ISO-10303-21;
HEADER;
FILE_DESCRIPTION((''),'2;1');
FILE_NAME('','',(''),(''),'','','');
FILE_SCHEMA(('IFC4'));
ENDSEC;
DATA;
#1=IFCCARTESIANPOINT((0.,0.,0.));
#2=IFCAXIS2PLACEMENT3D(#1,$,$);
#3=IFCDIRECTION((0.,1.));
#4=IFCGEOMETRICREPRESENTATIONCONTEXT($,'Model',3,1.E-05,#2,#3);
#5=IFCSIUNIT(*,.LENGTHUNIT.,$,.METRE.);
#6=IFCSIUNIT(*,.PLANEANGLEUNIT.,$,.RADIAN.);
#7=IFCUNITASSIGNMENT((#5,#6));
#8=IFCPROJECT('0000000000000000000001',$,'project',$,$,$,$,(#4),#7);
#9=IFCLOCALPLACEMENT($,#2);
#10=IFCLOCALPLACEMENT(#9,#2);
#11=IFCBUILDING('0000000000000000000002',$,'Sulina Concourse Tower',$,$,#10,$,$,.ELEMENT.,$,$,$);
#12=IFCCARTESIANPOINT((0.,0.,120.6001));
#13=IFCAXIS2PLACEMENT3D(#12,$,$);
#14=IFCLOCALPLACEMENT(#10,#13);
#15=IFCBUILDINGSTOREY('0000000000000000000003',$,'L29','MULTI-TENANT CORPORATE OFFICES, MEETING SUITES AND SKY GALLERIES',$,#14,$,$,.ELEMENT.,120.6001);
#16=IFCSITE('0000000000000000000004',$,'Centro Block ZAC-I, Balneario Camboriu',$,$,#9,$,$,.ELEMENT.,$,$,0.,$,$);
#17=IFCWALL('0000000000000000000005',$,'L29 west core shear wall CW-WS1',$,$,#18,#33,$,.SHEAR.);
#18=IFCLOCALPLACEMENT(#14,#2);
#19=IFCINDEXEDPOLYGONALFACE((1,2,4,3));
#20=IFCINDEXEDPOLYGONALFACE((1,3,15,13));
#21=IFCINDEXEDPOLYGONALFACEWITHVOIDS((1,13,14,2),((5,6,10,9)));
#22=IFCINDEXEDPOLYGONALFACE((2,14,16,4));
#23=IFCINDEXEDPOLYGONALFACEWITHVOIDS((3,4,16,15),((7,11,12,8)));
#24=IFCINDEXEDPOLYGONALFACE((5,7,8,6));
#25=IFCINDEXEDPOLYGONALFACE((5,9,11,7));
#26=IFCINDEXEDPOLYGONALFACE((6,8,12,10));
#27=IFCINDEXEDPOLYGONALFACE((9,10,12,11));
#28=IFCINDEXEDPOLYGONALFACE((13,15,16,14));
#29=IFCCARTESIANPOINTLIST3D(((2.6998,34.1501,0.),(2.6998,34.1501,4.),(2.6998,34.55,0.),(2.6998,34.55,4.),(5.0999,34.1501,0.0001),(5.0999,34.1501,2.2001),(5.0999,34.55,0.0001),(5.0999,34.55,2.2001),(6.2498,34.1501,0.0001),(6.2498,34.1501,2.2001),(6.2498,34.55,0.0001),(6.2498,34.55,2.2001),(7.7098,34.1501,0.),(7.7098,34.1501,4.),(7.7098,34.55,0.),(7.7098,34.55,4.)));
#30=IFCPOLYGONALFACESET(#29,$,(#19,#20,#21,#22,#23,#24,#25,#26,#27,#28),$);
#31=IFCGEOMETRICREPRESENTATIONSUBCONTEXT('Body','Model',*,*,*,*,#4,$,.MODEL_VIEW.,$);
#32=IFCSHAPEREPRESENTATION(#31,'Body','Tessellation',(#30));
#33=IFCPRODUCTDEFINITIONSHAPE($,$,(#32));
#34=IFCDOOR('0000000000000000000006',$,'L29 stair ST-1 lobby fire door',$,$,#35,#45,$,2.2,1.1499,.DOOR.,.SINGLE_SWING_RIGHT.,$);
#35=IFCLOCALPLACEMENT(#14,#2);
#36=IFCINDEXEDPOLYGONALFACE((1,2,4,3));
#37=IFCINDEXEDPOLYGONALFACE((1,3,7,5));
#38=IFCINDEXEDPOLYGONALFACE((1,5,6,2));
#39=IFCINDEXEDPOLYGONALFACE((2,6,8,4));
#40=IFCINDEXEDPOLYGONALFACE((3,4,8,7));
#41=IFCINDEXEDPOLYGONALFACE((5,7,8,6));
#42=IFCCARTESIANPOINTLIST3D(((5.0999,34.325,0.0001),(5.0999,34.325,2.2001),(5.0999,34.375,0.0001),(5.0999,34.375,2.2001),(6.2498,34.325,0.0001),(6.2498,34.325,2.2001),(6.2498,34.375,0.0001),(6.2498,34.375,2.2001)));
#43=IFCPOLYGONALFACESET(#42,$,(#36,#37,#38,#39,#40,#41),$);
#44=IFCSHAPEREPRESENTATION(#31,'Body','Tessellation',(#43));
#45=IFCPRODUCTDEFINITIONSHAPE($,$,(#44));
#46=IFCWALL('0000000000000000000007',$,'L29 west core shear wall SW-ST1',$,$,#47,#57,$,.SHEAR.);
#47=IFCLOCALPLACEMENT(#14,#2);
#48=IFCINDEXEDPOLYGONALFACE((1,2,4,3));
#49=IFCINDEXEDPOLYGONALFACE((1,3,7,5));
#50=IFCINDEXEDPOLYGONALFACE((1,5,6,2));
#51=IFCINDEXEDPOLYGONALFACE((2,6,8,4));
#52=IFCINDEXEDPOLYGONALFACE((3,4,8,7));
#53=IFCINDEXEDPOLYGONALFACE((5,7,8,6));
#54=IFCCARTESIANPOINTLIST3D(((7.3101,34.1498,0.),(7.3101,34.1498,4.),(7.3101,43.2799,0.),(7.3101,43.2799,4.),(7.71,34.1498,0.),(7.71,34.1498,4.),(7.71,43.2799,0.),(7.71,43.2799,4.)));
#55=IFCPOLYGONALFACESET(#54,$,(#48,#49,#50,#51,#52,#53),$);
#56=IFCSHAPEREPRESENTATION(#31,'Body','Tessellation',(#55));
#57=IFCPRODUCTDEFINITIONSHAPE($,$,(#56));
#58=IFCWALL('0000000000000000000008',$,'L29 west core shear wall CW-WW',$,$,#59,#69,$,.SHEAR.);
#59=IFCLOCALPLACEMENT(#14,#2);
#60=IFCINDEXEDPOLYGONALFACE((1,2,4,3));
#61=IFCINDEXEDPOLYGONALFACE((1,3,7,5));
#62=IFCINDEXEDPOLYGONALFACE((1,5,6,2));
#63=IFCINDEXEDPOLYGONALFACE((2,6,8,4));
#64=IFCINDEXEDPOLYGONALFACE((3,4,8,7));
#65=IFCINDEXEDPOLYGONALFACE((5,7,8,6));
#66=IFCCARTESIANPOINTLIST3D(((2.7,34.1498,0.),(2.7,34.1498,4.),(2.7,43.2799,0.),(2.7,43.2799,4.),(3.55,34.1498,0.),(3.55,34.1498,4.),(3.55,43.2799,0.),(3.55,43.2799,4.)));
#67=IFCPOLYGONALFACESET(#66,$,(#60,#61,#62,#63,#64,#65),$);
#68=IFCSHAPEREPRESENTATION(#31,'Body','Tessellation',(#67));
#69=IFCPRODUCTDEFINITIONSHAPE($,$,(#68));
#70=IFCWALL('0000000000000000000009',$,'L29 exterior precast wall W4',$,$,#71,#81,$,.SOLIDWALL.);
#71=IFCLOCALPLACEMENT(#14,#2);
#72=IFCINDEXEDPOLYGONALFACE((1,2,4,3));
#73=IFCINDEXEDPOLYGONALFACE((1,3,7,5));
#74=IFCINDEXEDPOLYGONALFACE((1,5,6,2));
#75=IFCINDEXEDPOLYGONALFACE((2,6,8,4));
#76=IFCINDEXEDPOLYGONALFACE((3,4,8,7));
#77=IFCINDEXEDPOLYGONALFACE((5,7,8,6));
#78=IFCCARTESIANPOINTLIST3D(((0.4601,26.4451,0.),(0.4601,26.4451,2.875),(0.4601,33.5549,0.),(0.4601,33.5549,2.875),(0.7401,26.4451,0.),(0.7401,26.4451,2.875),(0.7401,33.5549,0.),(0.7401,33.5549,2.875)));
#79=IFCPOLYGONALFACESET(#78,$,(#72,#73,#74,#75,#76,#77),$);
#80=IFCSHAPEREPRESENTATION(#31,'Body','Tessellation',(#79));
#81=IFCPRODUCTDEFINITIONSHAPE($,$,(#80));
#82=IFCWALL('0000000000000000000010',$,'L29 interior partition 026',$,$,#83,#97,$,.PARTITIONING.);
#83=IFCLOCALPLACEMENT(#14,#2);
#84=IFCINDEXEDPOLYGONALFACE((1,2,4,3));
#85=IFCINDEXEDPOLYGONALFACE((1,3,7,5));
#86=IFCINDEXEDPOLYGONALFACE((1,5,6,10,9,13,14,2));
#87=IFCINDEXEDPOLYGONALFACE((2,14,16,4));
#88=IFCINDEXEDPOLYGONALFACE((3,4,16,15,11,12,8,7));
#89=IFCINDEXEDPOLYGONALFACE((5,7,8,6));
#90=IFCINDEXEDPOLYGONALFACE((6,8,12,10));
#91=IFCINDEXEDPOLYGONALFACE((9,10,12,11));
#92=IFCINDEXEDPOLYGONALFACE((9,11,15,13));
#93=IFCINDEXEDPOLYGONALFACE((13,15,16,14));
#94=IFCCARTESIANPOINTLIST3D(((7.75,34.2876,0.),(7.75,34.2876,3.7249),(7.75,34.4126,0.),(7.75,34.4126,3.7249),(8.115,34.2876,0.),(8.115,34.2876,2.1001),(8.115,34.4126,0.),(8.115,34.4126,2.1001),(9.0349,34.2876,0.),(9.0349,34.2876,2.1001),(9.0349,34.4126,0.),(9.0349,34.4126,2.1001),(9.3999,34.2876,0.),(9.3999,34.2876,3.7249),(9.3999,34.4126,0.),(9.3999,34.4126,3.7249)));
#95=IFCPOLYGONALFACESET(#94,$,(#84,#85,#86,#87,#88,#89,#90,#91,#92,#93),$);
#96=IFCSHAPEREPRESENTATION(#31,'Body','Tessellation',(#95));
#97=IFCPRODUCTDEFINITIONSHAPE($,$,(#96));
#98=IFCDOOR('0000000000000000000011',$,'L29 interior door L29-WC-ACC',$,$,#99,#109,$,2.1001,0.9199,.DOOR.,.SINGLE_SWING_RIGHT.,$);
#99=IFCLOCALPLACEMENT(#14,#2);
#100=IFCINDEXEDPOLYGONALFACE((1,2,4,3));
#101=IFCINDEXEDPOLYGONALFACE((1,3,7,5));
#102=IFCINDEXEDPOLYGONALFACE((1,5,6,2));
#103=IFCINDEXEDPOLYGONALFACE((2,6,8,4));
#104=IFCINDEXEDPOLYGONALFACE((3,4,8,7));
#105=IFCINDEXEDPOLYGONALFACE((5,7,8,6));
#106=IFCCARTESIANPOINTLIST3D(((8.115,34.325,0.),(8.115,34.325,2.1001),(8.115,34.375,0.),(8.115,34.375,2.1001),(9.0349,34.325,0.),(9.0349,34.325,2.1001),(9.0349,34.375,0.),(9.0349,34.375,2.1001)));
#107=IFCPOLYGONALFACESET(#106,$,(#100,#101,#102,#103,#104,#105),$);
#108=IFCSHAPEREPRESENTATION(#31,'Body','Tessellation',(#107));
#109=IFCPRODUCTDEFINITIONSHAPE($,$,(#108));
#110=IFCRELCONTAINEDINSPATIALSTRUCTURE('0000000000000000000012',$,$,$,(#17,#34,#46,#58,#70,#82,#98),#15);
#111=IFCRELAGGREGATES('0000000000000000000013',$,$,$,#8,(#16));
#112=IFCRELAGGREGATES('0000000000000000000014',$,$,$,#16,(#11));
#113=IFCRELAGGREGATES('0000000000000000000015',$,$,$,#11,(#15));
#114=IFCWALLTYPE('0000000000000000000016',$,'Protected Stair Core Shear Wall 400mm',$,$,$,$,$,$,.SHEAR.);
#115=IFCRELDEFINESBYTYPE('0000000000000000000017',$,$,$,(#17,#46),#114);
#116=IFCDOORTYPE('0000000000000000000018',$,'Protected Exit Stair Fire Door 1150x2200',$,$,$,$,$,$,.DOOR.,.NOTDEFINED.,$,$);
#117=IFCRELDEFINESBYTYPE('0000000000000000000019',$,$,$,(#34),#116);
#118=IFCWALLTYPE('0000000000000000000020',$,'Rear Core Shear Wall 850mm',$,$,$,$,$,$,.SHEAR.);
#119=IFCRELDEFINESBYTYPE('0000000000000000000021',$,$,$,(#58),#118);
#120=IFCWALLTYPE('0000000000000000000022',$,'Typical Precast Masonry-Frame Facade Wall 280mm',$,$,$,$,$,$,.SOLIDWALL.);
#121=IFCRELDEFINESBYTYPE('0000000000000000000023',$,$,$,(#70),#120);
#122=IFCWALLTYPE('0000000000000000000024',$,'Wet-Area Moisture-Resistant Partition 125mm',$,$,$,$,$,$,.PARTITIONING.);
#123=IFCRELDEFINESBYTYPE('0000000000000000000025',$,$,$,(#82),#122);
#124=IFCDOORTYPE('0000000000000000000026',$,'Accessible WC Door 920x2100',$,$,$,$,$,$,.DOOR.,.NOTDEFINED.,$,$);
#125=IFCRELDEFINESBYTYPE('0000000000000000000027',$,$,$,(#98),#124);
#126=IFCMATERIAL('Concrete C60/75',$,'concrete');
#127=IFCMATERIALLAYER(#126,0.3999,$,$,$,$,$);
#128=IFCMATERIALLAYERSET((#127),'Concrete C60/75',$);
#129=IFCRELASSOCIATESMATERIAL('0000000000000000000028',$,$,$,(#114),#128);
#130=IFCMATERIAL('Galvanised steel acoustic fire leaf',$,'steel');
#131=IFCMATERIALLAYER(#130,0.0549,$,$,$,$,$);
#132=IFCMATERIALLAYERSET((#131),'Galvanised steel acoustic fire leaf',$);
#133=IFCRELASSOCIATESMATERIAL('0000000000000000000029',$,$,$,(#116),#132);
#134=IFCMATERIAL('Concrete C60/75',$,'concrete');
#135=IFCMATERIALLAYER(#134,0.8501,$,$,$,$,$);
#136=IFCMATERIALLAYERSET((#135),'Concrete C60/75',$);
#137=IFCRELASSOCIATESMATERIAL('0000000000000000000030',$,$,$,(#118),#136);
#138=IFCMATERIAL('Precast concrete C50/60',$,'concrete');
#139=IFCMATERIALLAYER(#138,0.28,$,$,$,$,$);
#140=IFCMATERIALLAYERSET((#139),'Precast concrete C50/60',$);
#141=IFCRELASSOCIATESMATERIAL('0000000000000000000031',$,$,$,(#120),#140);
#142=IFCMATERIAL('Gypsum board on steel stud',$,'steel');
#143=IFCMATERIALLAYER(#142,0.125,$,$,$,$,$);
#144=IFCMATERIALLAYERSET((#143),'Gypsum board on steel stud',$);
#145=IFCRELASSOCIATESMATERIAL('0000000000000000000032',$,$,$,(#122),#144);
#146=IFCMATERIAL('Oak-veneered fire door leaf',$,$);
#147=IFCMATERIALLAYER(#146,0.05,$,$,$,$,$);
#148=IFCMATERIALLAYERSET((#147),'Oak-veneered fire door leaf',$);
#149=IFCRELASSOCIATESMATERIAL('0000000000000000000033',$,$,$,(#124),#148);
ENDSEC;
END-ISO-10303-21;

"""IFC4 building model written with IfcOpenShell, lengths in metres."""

from ifc_helpers import new_model, si_unit, direction, frame, frame_2d, origin, place, context, subcontext, project, spatial, rectangle, extrude, material, layer, layer_set, type_object, element, fill, save


model = new_model("IFC4")

# Units and contexts
model_context = context("Model", 3, precision=1e-05, world=origin(), true_north=direction((0.0, 1.0)))
body_context = subcontext(model_context, "Body", "Model", "MODEL_VIEW")
ifc_project = project(units=[si_unit("LENGTHUNIT", "METRE"), si_unit("PLANEANGLEUNIT", "RADIAN")], contexts=[model_context])

# Site, building, storey
site_placement = place(None, origin())
site = spatial("IfcSite", under=ifc_project, at=site_placement, Name="Centro Block ZAC-I, Balneario Camboriu", CompositionType="ELEMENT", RefElevation=0.0)
building_placement = place(site_placement, origin())
building = spatial("IfcBuilding", under=site, at=building_placement, Name="Sulina Concourse Tower", CompositionType="ELEMENT")
storey_placement = place(building_placement, frame((0.0, 0.0, 120.6001)))
storey = spatial("IfcBuildingStorey", under=building, at=storey_placement, Name="L29", Description="MULTI-TENANT CORPORATE OFFICES, MEETING SUITES AND SKY GALLERIES", CompositionType="ELEMENT", Elevation=120.6001)

# Wall, opening, door
ifc_material_1 = material(Name="Concrete C60/75", Category="concrete")
ifc_layer_1 = layer(ifc_material_1, 0.3999)
ifc_layer_set_1 = layer_set([ifc_layer_1], Name="Concrete C60/75")
wall_type_1 = type_object("IfcWallType", Name="Protected Stair Core Shear Wall 400mm", PredefinedType="SHEAR", material=ifc_layer_set_1)
wall_1_placement = place(storey_placement, frame((2.7, 34.3501, 0.0), z_axis=(0.0, 0.0, 1.0), x_axis=(1.0, 0.0, 0.0)))
wall_1 = element("IfcWall", 1, at=wall_1_placement, inside=storey, type_object=wall_type_1, Name="L29 west core shear wall CW-WS1", PredefinedType="SHEAR", context=body_context, shape_type="SweptSolid", body=[
    extrude(rectangle(XDim=5.01, YDim=0.3999, at=frame_2d((2.5049, 0.0))), origin(), (0.0, 0.0, 1.0), 4.0),
])
opening_1_placement = place(wall_1_placement, frame((2.3999, 0.0, 0.0)))
opening_1 = element("IfcOpeningElement", 2, at=opening_1_placement, cuts=wall_1, PredefinedType="OPENING", context=body_context, shape_type="SweptSolid", body=[
    extrude(rectangle(XDim=1.1499, YDim=2.2, at=frame_2d((0.575, 1.1001))), frame((0.0, 0.21, 0.0), z_axis=(0.0, -1.0, 0.0), x_axis=(1.0, 0.0, 0.0)), (0.0, 0.0, 1.0), 0.4199),
])
ifc_material_2 = material(Name="Galvanised steel acoustic fire leaf", Category="steel")
ifc_layer_2 = layer(ifc_material_2, 0.0549)
ifc_layer_set_2 = layer_set([ifc_layer_2], Name="Galvanised steel acoustic fire leaf")
door_type_1 = type_object("IfcDoorType", Name="Protected Exit Stair Fire Door 1150x2200", OperationType="NOTDEFINED", PredefinedType="DOOR", material=ifc_layer_set_2)
door_1_placement = place(opening_1_placement, origin())
door_1 = element("IfcDoor", 3, at=door_1_placement, inside=storey, type_object=door_type_1, Name="L29 stair ST-1 lobby fire door", OperationType="SINGLE_SWING_RIGHT", OverallHeight=2.2, OverallWidth=1.1499, PredefinedType="DOOR", context=body_context, shape_type="SweptSolid", body=[
    extrude(rectangle(XDim=1.1499, YDim=2.2, at=frame_2d((0.575, 1.1001))), frame((0.0, 0.0249, 0.0), z_axis=(0.0, -1.0, 0.0), x_axis=(1.0, 0.0, 0.0)), (0.0, 0.0, 1.0), 0.05),
])
fill(opening_1, door_1)

# Walls
wall_2_placement = place(storey_placement, frame((7.51, 34.1499, 0.0), z_axis=(0.0, 0.0, 1.0), x_axis=(0.0, 1.0, 0.0)))
element("IfcWall", 4, at=wall_2_placement, inside=storey, type_object=wall_type_1, Name="L29 west core shear wall SW-ST1", PredefinedType="SHEAR", context=body_context, shape_type="SweptSolid", body=[
    extrude(rectangle(XDim=9.1301, YDim=0.3999, at=frame_2d((4.5649, 0.0))), origin(), (0.0, 0.0, 1.0), 4.0),
])
ifc_material_3 = material(Name="Concrete C60/75", Category="concrete")
ifc_layer_3 = layer(ifc_material_3, 0.8501)
ifc_layer_set_3 = layer_set([ifc_layer_3], Name="Concrete C60/75")
wall_type_2 = type_object("IfcWallType", Name="Rear Core Shear Wall 850mm", PredefinedType="SHEAR", material=ifc_layer_set_3)
wall_3_placement = place(storey_placement, frame((3.125, 34.1499, 0.0), z_axis=(0.0, 0.0, 1.0), x_axis=(0.0, 1.0, 0.0)))
element("IfcWall", 5, at=wall_3_placement, inside=storey, type_object=wall_type_2, Name="L29 west core shear wall CW-WW", PredefinedType="SHEAR", context=body_context, shape_type="SweptSolid", body=[
    extrude(rectangle(XDim=9.1301, YDim=0.8501, at=frame_2d((4.5649, 0.0))), origin(), (0.0, 0.0, 1.0), 4.0),
])
ifc_material_4 = material(Name="Precast concrete C50/60", Category="concrete")
ifc_layer_4 = layer(ifc_material_4, 0.28)
ifc_layer_set_4 = layer_set([ifc_layer_4], Name="Precast concrete C50/60")
wall_type_3 = type_object("IfcWallType", Name="Typical Precast Masonry-Frame Facade Wall 280mm", PredefinedType="SOLIDWALL", material=ifc_layer_set_4)
wall_4_placement = place(storey_placement, frame((0.6001, 26.4451, 0.0), z_axis=(0.0, 0.0, 1.0), x_axis=(0.0, 1.0, 0.0)))
element("IfcWall", 6, at=wall_4_placement, inside=storey, type_object=wall_type_3, Name="L29 exterior precast wall W4", PredefinedType="SOLIDWALL", context=body_context, shape_type="SweptSolid", body=[
    extrude(rectangle(XDim=7.1099, YDim=0.28, at=frame_2d((3.5549, 0.0))), origin(), (0.0, 0.0, 1.0), 2.875),
])

# Wall, opening, door
ifc_material_5 = material(Name="Gypsum board on steel stud", Category="steel")
ifc_layer_5 = layer(ifc_material_5, 0.125)
ifc_layer_set_5 = layer_set([ifc_layer_5], Name="Gypsum board on steel stud")
wall_type_4 = type_object("IfcWallType", Name="Wet-Area Moisture-Resistant Partition 125mm", PredefinedType="PARTITIONING", material=ifc_layer_set_5)
wall_5_placement = place(storey_placement, frame((7.75, 34.3501, 0.0), z_axis=(0.0, 0.0, 1.0), x_axis=(1.0, 0.0, 0.0)))
wall_5 = element("IfcWall", 7, at=wall_5_placement, inside=storey, type_object=wall_type_4, Name="L29 interior partition 026", PredefinedType="PARTITIONING", context=body_context, shape_type="SweptSolid", body=[
    extrude(rectangle(XDim=1.6499, YDim=0.125, at=frame_2d((0.825, 0.0))), origin(), (0.0, 0.0, 1.0), 3.7249),
])
opening_2_placement = place(wall_5_placement, frame((0.365, 0.0, 0.0)))
opening_2 = element("IfcOpeningElement", 8, at=opening_2_placement, cuts=wall_5, PredefinedType="OPENING", context=body_context, shape_type="SweptSolid", body=[
    extrude(rectangle(XDim=0.9199, YDim=2.1001, at=frame_2d((0.46, 1.05))), frame((0.0, 0.0725, 0.0), z_axis=(0.0, -1.0, 0.0), x_axis=(1.0, 0.0, 0.0)), (0.0, 0.0, 1.0), 0.145),
])
ifc_material_6 = material(Name="Oak-veneered fire door leaf")
ifc_layer_6 = layer(ifc_material_6, 0.05)
ifc_layer_set_6 = layer_set([ifc_layer_6], Name="Oak-veneered fire door leaf")
door_type_2 = type_object("IfcDoorType", Name="Accessible WC Door 920x2100", OperationType="NOTDEFINED", PredefinedType="DOOR", material=ifc_layer_set_6)
door_2_placement = place(opening_2_placement, origin())
door_2 = element("IfcDoor", 9, at=door_2_placement, inside=storey, type_object=door_type_2, Name="L29 interior door L29-WC-ACC", OperationType="SINGLE_SWING_RIGHT", OverallHeight=2.1001, OverallWidth=0.9199, PredefinedType="DOOR", context=body_context, shape_type="SweptSolid", body=[
    extrude(rectangle(XDim=0.9199, YDim=2.1001, at=frame_2d((0.46, 1.05))), frame((0.0, 0.0249, 0.0), z_axis=(0.0, -1.0, 0.0), x_axis=(1.0, 0.0, 0.0)), (0.0, 0.0, 1.0), 0.05),
])
fill(opening_2, door_2)

save(model, "model.ifc")
